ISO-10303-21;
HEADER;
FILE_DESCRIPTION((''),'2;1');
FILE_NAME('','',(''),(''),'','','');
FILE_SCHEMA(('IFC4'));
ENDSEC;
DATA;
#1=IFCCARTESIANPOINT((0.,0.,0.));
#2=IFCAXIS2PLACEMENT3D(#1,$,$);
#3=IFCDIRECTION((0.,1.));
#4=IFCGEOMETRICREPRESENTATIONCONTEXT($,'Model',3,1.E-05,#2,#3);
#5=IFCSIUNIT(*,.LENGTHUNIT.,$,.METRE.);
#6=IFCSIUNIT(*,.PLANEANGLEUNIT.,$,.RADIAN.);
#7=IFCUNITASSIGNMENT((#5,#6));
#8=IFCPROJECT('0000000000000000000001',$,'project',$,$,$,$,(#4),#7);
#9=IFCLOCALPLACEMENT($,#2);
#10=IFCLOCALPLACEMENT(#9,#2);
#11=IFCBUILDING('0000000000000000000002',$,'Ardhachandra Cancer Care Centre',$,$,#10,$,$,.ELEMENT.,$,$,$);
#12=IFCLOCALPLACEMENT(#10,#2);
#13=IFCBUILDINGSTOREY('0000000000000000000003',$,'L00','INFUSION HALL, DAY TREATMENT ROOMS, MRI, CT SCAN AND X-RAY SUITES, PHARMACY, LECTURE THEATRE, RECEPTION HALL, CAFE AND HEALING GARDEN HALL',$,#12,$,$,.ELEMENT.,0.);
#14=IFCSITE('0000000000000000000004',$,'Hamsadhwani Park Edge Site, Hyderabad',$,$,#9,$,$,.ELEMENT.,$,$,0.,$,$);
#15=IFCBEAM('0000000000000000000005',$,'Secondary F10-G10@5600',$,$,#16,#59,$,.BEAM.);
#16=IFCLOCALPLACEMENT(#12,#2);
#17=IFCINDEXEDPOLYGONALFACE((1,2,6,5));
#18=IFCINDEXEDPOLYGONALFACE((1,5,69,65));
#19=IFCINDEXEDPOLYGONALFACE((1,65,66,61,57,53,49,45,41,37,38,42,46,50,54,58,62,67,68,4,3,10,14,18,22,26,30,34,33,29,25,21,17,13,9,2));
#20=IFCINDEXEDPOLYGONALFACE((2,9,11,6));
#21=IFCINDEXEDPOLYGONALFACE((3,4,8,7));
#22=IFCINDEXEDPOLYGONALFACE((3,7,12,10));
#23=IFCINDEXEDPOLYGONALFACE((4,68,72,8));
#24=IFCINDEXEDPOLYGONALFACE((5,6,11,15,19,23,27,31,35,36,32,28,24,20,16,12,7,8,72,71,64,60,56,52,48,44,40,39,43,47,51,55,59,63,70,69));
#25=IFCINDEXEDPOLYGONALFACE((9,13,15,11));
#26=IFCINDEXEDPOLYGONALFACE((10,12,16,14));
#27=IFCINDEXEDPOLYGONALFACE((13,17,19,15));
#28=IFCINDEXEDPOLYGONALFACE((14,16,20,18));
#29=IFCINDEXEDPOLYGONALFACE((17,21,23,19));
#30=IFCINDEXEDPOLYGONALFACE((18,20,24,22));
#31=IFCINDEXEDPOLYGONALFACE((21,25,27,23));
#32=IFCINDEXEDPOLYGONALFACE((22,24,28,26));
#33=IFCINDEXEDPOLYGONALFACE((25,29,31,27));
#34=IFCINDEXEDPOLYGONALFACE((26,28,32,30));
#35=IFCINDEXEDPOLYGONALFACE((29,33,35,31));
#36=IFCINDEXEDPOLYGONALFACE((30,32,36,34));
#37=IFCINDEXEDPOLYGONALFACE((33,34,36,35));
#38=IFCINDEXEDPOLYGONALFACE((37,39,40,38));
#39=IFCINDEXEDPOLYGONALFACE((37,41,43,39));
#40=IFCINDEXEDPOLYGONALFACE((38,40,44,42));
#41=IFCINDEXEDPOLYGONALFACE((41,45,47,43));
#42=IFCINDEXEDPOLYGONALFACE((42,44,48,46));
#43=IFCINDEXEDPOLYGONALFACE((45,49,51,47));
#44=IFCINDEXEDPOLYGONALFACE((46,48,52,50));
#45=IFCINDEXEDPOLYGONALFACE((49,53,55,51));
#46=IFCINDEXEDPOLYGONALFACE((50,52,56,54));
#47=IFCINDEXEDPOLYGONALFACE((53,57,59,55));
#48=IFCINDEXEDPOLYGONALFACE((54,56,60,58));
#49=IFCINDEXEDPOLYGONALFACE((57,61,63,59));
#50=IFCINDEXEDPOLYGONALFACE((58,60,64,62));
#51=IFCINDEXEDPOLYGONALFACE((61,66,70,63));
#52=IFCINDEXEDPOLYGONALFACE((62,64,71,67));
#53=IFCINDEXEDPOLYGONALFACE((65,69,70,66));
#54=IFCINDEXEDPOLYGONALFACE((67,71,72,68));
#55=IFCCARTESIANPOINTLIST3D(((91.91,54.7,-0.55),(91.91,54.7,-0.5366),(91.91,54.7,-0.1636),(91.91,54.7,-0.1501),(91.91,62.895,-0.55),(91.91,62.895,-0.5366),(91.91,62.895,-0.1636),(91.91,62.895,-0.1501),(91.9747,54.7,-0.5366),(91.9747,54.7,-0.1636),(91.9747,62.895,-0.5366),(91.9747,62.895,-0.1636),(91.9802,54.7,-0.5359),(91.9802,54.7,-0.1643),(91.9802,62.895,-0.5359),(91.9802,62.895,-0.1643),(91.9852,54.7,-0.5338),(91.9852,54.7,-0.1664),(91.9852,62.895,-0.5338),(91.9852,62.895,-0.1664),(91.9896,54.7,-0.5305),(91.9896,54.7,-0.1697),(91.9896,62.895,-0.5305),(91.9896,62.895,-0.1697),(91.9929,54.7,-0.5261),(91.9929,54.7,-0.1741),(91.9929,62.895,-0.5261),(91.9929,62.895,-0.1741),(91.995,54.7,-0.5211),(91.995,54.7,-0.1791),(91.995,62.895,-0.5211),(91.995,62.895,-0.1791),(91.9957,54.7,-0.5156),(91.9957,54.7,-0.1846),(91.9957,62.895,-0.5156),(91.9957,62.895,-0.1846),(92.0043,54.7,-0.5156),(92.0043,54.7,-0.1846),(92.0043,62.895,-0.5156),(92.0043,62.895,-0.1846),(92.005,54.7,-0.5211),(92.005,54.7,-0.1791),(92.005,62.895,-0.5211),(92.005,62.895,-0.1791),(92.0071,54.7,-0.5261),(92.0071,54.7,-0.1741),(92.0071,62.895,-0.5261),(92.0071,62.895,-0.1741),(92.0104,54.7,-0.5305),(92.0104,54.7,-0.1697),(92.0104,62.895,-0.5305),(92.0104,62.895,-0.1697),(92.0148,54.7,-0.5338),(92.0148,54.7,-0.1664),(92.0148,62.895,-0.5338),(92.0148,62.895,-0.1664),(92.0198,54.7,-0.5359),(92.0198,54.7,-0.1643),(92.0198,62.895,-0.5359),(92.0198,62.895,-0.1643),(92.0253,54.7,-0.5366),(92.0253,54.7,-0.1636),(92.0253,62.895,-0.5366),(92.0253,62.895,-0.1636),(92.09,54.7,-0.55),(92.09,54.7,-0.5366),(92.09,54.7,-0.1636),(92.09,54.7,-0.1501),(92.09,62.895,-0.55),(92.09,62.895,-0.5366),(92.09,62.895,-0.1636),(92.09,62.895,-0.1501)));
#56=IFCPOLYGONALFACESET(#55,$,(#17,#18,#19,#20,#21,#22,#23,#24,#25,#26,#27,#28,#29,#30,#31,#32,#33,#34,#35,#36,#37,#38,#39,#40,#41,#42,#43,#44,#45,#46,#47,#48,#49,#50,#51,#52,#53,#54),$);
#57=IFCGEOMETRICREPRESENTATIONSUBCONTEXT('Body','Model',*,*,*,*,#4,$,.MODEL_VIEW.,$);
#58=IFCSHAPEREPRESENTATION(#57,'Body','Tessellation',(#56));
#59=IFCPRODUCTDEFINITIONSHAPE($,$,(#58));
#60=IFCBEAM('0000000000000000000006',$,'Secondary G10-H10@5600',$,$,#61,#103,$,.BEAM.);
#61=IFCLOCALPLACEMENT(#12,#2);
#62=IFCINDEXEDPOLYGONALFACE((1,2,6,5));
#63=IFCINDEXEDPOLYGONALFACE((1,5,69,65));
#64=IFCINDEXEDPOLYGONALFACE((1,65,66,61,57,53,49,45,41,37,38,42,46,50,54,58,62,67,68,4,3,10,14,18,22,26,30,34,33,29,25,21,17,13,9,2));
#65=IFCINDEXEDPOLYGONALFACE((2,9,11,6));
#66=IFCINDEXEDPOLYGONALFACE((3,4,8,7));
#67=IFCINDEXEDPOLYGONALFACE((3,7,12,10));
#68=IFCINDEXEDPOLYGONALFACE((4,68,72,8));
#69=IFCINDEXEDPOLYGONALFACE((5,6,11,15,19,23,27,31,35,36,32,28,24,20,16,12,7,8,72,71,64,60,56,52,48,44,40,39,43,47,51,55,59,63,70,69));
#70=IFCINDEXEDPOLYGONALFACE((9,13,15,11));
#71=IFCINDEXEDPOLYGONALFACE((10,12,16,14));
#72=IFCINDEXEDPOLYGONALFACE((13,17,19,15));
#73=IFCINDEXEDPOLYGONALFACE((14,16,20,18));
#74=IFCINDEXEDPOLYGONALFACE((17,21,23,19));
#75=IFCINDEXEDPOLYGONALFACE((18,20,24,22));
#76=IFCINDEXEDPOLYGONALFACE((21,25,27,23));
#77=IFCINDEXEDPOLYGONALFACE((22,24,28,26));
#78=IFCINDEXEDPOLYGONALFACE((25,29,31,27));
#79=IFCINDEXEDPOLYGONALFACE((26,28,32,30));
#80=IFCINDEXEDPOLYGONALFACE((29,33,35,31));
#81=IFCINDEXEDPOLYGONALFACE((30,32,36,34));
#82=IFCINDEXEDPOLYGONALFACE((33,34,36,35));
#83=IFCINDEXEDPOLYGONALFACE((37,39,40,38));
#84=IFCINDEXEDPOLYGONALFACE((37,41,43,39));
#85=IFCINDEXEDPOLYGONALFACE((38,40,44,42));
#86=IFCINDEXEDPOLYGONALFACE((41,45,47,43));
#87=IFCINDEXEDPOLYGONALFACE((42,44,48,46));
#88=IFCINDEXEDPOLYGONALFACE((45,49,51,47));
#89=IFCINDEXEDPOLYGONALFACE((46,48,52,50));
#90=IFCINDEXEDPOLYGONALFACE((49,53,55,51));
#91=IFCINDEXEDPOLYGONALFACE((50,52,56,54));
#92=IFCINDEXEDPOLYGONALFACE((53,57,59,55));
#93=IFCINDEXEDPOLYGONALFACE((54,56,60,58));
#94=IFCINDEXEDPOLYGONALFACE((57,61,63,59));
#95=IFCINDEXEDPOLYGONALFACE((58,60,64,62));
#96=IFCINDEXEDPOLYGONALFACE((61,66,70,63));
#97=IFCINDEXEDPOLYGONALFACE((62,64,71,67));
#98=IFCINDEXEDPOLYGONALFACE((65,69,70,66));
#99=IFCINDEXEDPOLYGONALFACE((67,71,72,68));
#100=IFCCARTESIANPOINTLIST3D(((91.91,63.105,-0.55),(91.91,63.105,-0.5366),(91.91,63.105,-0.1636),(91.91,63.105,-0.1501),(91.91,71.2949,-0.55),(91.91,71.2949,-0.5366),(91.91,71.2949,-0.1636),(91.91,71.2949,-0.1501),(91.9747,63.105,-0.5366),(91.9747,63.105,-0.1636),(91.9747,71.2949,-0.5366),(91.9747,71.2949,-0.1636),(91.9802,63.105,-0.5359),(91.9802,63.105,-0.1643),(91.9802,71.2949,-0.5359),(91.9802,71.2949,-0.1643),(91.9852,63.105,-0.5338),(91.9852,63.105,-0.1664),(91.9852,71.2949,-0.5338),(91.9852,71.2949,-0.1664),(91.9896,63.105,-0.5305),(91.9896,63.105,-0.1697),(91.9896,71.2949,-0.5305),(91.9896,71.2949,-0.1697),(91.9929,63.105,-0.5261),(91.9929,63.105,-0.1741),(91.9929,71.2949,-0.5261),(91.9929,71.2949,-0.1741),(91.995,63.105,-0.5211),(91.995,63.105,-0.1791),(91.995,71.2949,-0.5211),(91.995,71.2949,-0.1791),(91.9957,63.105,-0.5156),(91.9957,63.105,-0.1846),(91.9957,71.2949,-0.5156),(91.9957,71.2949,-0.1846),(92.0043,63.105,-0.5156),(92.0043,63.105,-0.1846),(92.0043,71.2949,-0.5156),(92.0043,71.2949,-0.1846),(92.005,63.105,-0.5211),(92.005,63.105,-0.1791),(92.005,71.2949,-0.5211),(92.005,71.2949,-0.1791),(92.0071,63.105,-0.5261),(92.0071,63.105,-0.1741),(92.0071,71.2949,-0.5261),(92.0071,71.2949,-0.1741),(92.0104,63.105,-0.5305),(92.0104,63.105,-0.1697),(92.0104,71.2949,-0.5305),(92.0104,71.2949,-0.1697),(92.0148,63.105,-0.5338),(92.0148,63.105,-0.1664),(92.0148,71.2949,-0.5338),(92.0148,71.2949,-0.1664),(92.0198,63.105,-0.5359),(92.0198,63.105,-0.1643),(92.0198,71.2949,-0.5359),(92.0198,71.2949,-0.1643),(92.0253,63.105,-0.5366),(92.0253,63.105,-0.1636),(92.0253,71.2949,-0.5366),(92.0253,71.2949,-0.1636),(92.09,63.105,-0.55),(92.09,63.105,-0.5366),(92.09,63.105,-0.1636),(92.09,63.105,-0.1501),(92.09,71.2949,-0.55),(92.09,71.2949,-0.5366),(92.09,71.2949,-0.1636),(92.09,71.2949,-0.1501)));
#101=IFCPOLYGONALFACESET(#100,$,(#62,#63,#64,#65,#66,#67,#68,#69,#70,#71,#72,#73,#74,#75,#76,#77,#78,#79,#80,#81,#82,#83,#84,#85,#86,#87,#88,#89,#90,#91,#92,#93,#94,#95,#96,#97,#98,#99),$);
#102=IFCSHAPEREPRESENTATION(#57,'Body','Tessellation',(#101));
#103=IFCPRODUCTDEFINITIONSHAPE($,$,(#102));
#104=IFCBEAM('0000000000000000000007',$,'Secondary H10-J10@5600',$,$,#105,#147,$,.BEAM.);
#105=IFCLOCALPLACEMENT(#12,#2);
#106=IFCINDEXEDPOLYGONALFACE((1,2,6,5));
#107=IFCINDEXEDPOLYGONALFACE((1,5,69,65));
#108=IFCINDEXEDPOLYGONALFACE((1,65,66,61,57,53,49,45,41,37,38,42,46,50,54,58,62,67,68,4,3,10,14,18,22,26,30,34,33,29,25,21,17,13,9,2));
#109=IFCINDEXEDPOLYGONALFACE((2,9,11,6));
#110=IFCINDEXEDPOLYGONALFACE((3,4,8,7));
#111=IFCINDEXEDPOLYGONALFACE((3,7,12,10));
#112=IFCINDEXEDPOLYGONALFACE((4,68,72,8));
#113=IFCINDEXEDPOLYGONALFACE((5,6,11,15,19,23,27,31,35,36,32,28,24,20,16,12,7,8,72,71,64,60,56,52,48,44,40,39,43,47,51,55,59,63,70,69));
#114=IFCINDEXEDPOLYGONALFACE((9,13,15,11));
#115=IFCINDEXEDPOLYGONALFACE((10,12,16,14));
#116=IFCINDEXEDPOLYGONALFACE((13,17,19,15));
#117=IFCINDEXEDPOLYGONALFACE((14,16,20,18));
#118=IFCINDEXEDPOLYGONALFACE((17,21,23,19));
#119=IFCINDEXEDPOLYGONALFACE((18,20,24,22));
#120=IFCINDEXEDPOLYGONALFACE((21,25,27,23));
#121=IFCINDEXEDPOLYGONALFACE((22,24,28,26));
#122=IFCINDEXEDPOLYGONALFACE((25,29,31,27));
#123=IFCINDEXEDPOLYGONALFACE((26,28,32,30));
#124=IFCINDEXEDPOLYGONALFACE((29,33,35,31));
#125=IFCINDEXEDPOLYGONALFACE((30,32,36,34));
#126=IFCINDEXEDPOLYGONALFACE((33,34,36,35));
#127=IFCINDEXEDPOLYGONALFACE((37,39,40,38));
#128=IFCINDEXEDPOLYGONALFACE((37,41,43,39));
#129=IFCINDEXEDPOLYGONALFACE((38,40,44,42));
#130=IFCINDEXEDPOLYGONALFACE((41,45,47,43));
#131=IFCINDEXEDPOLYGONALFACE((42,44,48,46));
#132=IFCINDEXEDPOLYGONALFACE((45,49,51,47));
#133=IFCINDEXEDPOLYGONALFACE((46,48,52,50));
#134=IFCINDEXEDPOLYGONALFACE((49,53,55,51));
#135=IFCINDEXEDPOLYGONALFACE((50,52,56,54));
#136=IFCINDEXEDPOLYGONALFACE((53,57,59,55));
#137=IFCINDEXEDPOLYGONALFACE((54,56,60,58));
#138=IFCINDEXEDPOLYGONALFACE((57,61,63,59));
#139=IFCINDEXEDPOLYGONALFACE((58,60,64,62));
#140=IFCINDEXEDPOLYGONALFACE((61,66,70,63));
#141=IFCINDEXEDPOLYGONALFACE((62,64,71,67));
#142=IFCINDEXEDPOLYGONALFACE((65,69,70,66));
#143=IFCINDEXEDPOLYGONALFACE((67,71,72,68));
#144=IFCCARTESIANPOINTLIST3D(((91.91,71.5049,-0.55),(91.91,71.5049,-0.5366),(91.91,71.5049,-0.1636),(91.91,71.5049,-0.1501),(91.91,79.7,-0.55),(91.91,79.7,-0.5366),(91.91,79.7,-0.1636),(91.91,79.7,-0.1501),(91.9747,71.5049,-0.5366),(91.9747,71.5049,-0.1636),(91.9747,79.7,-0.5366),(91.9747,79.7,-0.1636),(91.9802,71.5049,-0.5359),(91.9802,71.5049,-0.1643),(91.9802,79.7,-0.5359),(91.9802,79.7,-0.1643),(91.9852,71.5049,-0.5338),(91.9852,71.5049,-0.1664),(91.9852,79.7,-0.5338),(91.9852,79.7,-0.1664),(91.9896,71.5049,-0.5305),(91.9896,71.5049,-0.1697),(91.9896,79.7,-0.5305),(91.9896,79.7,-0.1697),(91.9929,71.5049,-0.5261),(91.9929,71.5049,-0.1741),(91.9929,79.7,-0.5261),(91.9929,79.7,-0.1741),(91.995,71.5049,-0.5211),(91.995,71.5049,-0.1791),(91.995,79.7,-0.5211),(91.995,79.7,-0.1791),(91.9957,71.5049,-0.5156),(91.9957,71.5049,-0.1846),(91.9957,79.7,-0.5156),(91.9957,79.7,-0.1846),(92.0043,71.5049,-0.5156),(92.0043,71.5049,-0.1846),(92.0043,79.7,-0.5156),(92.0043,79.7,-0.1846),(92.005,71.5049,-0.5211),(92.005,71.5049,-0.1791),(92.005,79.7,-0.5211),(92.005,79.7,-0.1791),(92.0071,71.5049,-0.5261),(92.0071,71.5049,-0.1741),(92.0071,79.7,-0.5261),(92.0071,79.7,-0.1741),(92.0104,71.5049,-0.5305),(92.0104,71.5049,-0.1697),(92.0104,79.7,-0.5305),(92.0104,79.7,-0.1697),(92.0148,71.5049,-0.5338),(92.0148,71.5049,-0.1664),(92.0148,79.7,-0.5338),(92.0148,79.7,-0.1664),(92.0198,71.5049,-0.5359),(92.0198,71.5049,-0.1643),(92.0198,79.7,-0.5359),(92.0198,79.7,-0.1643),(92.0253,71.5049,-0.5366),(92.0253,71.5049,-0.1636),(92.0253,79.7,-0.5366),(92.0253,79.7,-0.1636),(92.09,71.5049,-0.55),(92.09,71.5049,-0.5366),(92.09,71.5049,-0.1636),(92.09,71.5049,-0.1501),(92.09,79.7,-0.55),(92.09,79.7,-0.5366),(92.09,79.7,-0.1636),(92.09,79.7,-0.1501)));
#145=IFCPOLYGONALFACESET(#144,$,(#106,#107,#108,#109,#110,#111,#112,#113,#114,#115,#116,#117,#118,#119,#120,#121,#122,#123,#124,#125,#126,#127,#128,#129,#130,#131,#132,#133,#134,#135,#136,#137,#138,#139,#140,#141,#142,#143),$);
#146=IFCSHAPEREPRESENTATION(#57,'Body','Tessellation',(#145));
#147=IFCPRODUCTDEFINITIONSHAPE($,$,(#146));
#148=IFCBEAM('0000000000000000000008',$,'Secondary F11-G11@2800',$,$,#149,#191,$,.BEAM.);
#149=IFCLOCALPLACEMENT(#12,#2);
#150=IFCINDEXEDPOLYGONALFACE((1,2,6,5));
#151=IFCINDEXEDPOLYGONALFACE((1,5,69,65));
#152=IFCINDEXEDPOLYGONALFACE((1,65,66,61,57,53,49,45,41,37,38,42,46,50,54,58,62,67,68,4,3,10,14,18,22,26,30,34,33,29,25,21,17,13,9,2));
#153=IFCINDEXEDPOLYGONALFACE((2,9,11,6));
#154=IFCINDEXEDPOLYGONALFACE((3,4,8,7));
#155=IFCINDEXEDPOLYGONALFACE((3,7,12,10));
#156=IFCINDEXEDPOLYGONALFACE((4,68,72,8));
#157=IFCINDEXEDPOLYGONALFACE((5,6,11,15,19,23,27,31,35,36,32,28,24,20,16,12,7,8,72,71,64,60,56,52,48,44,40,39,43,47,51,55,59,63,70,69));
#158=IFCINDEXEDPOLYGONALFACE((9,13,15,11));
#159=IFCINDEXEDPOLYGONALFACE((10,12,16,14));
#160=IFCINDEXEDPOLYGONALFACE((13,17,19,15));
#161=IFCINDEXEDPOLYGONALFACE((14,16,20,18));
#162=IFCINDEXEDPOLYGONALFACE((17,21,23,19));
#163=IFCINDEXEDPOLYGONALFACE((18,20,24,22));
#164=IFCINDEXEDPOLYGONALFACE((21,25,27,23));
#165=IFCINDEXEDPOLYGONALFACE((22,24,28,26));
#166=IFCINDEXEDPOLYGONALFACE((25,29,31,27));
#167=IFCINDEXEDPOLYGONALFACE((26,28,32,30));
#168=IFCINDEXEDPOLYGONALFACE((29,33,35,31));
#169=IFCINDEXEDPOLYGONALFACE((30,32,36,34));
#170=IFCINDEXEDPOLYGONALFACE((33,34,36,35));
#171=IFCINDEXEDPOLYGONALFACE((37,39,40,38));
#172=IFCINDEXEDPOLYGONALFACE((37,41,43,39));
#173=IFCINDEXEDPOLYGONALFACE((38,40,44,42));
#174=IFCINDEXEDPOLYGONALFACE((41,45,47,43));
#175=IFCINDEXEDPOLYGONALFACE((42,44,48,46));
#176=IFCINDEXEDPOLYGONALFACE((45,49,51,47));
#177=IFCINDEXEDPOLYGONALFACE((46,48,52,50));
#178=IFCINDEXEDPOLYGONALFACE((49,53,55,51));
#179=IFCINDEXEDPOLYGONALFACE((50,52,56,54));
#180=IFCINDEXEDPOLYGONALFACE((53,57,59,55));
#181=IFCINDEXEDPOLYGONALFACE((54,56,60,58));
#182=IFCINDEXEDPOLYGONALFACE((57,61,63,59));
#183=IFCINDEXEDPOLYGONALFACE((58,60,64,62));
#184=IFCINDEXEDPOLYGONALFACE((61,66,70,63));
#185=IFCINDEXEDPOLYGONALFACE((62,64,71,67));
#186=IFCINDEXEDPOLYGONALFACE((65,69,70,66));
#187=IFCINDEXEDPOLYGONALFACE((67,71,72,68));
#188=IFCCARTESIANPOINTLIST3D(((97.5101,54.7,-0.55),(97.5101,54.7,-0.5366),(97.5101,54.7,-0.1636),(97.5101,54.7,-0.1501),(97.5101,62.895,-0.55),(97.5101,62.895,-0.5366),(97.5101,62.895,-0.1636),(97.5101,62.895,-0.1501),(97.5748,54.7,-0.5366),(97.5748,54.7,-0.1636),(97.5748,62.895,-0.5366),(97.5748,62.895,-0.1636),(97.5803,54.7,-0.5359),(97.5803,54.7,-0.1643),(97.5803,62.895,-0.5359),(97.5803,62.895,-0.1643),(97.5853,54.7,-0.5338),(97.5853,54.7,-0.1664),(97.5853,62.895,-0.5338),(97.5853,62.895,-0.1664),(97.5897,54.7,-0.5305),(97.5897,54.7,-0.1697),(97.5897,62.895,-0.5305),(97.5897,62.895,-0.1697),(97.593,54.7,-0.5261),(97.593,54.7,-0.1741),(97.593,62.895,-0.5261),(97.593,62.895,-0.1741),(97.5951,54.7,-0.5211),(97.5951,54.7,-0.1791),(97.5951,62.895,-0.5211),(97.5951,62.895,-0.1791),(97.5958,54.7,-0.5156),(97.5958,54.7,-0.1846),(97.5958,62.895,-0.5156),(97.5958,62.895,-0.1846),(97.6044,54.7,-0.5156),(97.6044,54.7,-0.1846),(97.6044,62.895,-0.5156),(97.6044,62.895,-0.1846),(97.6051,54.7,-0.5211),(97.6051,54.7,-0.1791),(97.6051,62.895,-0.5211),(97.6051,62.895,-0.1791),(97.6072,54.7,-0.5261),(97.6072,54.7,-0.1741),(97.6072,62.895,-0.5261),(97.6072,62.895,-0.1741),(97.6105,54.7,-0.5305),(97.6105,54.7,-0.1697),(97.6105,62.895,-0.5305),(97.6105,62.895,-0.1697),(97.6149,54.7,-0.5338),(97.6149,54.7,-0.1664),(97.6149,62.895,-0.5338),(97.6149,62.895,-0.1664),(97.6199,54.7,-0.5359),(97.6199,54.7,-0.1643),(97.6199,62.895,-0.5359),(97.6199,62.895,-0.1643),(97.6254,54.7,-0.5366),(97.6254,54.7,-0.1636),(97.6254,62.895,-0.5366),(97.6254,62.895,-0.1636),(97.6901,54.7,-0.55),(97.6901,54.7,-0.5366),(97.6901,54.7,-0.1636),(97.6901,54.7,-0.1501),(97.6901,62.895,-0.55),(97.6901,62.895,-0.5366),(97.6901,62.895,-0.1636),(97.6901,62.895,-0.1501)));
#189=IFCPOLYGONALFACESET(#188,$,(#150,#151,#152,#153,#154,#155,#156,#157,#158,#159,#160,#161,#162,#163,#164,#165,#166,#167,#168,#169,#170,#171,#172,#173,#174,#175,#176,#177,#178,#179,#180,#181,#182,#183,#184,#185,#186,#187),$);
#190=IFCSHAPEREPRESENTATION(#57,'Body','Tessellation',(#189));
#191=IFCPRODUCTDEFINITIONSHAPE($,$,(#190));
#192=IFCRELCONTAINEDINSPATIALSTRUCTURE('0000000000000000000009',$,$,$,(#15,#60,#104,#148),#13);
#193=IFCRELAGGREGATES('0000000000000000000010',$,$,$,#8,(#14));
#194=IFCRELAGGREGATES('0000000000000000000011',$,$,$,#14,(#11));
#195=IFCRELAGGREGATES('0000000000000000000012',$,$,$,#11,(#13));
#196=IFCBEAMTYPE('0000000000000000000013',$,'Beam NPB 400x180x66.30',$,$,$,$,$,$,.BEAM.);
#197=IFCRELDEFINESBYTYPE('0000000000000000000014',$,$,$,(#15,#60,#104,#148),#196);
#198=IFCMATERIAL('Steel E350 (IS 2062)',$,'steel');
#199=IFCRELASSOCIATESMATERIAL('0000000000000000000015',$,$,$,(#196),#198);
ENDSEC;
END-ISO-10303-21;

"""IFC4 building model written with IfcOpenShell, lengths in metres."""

from ifc_helpers import new_model, si_unit, direction, frame, origin, origin_2d, place, context, subcontext, project, spatial, i_section, extrude, material, material_profile, profile_set, type_object, element, save


model = new_model("IFC4")

# Units and contexts
model_context = context("Model", 3, precision=1e-05, world=origin(), true_north=direction((0.0, 1.0)))
body_context = subcontext(model_context, "Body", "Model", "MODEL_VIEW")
ifc_project = project(units=[si_unit("LENGTHUNIT", "METRE"), si_unit("PLANEANGLEUNIT", "RADIAN")], contexts=[model_context])

# Site, building, storey
site_placement = place(None, origin())
site = spatial("IfcSite", under=ifc_project, at=site_placement, Name="Hamsadhwani Park Edge Site, Hyderabad", CompositionType="ELEMENT", RefElevation=0.0)
building_placement = place(site_placement, origin())
building = spatial("IfcBuilding", under=site, at=building_placement, Name="Ardhachandra Cancer Care Centre", CompositionType="ELEMENT")
storey_placement = place(building_placement, origin())
storey = spatial("IfcBuildingStorey", under=building, at=storey_placement, Name="L00", Description="INFUSION HALL, DAY TREATMENT ROOMS, MRI, CT SCAN AND X-RAY SUITES, PHARMACY, LECTURE THEATRE, RECEPTION HALL, CAFE AND HEALING GARDEN HALL", CompositionType="ELEMENT", Elevation=0.0)

# Beams
ifc_material_1 = material(Name="Steel E350 (IS 2062)", Category="steel")
ifc_material_profile_1 = material_profile(ifc_material_1, i_section(OverallWidth=0.1799, OverallDepth=0.3999, WebThickness=0.0085, FlangeThickness=0.0134, FilletRadius=0.021, at=origin_2d()), Name="NPB 400x180x66.30")
ifc_profile_set_1 = profile_set([ifc_material_profile_1], Name="Steel E350 (IS 2062)")
beam_type_1 = type_object("IfcBeamType", Name="Beam NPB 400x180x66.30", PredefinedType="BEAM", material=ifc_profile_set_1)
for number, where, z_axis, x_axis, name in (
    (1, (92.0, 54.7, -0.3501), (0.0, 1.0, 0.0), (-1.0, 0.0, 0.0), "Secondary F10-G10@5600"),
):
    element("IfcBeam", number, at=place(storey_placement, frame(where, z_axis=z_axis, x_axis=x_axis)), inside=storey, type_object=beam_type_1, Name=name, PredefinedType="BEAM", context=body_context, shape_type="SweptSolid", body=[
        extrude(i_section(OverallWidth=0.1799, OverallDepth=0.3999, WebThickness=0.0085, FlangeThickness=0.0134, FilletRadius=0.021, at=origin_2d()), origin(), (0.0, 0.0, 1.0), 8.1951),
    ])
beam_1_placement = place(storey_placement, frame((92.0, 63.105, -0.3501), z_axis=(0.0, 1.0, 0.0), x_axis=(-1.0, 0.0, 0.0)))
element("IfcBeam", 2, at=beam_1_placement, inside=storey, type_object=beam_type_1, Name="Secondary G10-H10@5600", PredefinedType="BEAM", context=body_context, shape_type="SweptSolid", body=[
    extrude(i_section(OverallWidth=0.1799, OverallDepth=0.3999, WebThickness=0.0085, FlangeThickness=0.0134, FilletRadius=0.021, at=origin_2d()), origin(), (0.0, 0.0, 1.0), 8.1899),
])
for number, where, z_axis, x_axis, name in (
    (3, (92.0, 71.5049, -0.3501), (0.0, 1.0, 0.0), (-1.0, 0.0, 0.0), "Secondary H10-J10@5600"),
    (4, (97.6001, 54.7, -0.3501), (0.0, 1.0, 0.0), (-1.0, 0.0, 0.0), "Secondary F11-G11@2800"),
):
    element("IfcBeam", number, at=place(storey_placement, frame(where, z_axis=z_axis, x_axis=x_axis)), inside=storey, type_object=beam_type_1, Name=name, PredefinedType="BEAM", context=body_context, shape_type="SweptSolid", body=[
        extrude(i_section(OverallWidth=0.1799, OverallDepth=0.3999, WebThickness=0.0085, FlangeThickness=0.0134, FilletRadius=0.021, at=origin_2d()), origin(), (0.0, 0.0, 1.0), 8.1951),
    ])

save(model, "model.ifc")
